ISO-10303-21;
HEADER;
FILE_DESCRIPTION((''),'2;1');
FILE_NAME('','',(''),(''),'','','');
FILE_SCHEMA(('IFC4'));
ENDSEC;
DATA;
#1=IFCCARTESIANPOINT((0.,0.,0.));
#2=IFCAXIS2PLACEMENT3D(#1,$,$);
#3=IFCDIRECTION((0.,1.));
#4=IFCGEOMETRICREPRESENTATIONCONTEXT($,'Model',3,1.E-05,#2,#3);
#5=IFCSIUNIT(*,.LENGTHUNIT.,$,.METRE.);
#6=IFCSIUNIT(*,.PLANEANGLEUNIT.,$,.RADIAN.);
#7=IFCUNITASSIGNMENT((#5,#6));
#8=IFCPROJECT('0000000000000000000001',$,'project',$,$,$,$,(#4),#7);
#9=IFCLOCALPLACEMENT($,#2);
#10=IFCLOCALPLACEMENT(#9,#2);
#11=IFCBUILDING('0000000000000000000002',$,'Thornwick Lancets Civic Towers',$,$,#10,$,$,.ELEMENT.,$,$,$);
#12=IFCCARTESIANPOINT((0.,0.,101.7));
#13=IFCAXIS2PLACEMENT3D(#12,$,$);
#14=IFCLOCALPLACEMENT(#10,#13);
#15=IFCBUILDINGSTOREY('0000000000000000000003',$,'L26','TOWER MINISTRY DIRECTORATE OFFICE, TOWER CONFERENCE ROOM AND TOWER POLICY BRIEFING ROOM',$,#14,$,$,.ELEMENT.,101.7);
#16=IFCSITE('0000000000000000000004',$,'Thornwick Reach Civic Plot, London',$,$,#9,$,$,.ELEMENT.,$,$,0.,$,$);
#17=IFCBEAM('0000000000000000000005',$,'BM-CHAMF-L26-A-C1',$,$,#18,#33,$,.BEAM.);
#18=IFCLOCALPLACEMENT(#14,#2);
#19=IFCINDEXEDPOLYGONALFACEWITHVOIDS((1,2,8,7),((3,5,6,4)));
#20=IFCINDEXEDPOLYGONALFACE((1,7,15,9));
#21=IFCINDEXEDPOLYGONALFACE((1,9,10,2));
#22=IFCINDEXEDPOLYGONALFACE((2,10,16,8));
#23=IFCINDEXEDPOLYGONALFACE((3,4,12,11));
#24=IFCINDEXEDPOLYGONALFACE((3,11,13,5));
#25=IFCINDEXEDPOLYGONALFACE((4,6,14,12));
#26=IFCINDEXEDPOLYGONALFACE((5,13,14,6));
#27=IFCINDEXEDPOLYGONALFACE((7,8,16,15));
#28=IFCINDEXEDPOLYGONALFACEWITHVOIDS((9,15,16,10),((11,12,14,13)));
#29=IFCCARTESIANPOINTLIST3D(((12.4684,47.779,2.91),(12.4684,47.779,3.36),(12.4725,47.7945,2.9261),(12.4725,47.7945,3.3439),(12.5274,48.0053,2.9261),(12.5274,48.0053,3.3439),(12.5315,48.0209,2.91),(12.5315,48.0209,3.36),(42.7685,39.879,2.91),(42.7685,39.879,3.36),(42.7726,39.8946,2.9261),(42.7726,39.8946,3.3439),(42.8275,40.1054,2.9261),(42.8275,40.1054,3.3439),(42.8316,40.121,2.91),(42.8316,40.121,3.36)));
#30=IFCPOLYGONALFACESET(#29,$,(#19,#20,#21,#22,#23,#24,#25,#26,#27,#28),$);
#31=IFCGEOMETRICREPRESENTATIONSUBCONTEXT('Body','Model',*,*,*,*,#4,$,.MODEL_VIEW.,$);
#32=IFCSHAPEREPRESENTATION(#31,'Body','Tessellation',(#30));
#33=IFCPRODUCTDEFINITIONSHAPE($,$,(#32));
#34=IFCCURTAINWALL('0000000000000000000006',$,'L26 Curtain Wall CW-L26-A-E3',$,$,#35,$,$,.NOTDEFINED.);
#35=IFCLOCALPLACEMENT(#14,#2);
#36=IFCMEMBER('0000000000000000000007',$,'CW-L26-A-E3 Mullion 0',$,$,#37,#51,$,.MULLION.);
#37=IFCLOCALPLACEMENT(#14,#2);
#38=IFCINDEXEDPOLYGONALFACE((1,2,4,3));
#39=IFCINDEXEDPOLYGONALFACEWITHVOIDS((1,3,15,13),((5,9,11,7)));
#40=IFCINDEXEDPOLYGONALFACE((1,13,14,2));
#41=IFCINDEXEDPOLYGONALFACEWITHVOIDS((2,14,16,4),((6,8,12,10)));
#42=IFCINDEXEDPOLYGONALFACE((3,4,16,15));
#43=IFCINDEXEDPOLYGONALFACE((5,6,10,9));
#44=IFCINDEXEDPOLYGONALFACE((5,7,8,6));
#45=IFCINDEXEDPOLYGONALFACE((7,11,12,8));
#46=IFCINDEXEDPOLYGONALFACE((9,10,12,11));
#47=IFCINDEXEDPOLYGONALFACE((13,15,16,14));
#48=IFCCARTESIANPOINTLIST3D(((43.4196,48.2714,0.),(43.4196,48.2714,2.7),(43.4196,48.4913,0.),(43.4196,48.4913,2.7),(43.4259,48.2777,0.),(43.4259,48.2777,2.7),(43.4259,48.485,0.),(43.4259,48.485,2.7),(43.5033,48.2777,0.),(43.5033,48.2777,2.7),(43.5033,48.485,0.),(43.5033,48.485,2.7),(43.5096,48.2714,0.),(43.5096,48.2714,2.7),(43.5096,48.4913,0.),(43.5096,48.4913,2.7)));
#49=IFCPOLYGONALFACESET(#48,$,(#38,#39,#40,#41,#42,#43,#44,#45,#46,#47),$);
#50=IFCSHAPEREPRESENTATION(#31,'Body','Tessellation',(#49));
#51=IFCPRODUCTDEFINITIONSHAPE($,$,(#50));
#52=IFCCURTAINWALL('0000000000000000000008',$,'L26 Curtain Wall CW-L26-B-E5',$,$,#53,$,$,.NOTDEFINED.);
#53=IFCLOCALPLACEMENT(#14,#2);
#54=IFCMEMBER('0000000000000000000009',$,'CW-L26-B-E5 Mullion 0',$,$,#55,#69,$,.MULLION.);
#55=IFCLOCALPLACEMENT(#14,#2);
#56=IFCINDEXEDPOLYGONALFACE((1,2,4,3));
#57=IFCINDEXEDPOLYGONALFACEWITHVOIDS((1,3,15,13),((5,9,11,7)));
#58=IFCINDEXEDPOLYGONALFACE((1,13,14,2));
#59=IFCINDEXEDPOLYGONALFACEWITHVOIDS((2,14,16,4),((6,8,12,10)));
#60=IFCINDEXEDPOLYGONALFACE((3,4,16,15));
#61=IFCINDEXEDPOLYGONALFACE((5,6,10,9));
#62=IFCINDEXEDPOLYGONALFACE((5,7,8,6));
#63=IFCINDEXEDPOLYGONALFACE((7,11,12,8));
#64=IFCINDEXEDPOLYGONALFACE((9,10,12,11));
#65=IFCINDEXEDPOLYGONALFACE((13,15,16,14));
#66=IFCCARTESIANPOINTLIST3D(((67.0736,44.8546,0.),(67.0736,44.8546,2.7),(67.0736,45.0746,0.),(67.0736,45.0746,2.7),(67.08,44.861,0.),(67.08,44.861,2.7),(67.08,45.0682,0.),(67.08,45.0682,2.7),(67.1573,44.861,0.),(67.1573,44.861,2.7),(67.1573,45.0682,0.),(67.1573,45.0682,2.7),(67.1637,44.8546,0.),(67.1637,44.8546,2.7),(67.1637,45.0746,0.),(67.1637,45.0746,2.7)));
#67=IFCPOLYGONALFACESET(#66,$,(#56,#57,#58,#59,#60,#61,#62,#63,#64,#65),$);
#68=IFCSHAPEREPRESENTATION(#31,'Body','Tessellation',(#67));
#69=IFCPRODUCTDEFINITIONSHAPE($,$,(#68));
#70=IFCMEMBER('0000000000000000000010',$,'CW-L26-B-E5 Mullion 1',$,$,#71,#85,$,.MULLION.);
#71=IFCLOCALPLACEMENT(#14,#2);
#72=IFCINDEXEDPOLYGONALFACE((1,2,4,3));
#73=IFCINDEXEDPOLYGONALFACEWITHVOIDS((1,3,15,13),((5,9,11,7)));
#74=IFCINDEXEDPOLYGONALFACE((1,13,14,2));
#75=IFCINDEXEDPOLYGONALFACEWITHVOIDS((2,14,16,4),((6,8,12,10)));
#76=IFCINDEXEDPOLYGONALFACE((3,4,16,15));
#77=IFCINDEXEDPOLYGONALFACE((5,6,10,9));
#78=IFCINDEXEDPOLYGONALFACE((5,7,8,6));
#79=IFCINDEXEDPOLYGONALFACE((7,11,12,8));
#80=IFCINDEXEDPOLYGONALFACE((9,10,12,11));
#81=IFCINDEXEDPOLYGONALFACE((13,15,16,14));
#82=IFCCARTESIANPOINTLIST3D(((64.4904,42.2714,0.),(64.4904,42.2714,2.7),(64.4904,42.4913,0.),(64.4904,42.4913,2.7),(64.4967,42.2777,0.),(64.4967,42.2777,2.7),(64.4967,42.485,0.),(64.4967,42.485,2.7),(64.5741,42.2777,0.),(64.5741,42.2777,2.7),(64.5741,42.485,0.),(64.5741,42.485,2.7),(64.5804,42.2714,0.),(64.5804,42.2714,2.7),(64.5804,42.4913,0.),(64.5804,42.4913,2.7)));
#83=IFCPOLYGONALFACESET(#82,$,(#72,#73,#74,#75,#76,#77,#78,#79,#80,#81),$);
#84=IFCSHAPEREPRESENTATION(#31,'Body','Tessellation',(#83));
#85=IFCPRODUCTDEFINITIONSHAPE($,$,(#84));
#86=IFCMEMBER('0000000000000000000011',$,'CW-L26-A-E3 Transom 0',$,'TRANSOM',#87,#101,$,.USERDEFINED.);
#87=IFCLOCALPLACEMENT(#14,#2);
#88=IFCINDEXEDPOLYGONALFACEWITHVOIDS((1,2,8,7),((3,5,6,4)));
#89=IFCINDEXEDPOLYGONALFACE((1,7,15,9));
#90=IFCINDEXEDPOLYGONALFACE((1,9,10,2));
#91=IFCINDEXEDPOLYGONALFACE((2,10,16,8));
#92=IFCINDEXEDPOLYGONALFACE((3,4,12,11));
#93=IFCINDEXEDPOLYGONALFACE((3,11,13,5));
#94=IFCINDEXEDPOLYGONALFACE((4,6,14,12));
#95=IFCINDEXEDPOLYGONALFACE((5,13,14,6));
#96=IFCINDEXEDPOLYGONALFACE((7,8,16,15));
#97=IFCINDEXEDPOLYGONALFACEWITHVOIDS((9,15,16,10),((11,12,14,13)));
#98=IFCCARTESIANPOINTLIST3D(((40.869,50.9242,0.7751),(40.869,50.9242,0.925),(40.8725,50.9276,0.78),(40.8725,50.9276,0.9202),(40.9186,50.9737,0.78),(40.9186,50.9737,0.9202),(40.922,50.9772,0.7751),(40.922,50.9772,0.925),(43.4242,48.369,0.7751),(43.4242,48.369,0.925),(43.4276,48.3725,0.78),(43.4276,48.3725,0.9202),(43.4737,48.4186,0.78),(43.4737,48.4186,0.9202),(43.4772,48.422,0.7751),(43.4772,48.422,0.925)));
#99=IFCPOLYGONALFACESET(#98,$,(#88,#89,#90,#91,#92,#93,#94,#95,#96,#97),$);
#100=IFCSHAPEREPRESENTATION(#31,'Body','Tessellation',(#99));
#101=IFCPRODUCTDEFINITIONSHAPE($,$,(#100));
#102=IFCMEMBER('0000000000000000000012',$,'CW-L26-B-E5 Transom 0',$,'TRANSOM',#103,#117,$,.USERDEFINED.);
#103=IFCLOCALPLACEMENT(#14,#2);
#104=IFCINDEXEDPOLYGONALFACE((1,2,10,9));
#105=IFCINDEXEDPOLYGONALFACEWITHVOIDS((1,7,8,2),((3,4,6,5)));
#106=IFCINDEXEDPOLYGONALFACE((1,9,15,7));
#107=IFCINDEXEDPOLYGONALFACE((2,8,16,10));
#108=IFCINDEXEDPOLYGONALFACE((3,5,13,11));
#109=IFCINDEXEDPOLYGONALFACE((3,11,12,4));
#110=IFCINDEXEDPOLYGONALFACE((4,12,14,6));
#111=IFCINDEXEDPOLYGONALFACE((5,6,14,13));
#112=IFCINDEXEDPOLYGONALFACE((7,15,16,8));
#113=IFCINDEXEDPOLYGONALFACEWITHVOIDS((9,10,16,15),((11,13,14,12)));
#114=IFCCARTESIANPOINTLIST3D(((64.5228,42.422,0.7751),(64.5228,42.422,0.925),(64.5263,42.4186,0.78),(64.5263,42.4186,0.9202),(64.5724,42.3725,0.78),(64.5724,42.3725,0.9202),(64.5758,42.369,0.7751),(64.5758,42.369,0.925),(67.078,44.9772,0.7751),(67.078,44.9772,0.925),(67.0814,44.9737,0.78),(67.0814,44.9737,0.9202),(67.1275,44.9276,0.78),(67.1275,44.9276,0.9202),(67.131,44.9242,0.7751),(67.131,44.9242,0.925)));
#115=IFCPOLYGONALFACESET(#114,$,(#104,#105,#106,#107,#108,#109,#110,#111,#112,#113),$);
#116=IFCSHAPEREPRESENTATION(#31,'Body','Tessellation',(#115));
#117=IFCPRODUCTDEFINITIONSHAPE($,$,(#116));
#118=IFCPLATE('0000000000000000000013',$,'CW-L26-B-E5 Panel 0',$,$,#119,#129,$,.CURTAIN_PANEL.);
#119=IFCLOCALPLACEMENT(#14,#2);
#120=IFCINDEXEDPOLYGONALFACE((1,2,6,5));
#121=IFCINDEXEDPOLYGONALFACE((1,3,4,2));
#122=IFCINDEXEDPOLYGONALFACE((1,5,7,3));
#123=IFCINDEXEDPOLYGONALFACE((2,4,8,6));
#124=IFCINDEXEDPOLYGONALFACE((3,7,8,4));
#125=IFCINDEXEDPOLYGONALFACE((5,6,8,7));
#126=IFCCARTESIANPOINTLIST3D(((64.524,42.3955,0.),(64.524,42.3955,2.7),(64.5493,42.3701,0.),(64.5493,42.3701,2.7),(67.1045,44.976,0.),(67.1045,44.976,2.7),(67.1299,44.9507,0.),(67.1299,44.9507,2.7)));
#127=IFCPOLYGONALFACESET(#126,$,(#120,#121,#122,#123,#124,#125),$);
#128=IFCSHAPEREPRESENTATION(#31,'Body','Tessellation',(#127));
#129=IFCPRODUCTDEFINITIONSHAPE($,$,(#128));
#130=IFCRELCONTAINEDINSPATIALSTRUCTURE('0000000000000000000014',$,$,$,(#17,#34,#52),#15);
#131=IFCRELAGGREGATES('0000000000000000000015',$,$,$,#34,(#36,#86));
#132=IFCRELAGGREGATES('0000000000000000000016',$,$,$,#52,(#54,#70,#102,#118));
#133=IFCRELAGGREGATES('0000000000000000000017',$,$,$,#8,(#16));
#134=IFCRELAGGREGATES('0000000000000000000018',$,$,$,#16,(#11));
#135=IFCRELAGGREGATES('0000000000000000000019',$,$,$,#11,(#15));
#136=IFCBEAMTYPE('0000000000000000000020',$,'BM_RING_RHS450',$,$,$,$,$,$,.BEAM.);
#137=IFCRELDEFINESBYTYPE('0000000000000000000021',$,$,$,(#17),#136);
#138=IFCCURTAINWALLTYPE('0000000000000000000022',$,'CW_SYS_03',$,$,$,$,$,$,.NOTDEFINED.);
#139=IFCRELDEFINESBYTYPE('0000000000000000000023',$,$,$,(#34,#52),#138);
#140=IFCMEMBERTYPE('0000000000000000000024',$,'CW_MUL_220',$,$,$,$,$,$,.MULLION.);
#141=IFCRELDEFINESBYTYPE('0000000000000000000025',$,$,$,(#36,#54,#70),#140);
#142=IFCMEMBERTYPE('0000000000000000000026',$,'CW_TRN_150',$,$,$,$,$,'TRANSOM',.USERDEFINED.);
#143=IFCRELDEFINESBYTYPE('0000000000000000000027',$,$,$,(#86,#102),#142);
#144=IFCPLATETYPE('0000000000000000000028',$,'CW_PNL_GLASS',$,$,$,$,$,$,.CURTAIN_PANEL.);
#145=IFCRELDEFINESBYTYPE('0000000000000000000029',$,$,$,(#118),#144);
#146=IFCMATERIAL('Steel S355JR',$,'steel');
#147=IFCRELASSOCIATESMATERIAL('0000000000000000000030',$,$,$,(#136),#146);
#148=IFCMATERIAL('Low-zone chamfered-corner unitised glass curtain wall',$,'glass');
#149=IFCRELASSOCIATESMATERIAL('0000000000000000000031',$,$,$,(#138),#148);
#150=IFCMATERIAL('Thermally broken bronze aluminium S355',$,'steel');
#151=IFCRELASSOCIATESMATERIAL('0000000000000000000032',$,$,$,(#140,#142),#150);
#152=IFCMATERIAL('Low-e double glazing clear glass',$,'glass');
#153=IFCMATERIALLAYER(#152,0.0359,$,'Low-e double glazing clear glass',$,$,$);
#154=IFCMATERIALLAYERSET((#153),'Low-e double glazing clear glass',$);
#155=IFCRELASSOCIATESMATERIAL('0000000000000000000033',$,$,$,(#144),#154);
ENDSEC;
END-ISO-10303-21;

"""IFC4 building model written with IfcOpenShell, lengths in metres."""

from ifc_helpers import new_model, si_unit, direction, frame, origin, origin_2d, place, context, subcontext, project, spatial, rectangle, hollow_rectangle, extrude, material, layer, layer_set, material_profile, profile_set, type_object, element, aggregate, save


model = new_model("IFC4")

# Units and contexts
model_context = context("Model", 3, precision=1e-05, world=origin(), true_north=direction((0.0, 1.0)))
body_context = subcontext(model_context, "Body", "Model", "MODEL_VIEW")
ifc_project = project(units=[si_unit("LENGTHUNIT", "METRE"), si_unit("PLANEANGLEUNIT", "RADIAN")], contexts=[model_context])

# Site, building, storey
site_placement = place(None, origin())
site = spatial("IfcSite", under=ifc_project, at=site_placement, Name="Thornwick Reach Civic Plot, London", CompositionType="ELEMENT", RefElevation=0.0)
building_placement = place(site_placement, origin())
building = spatial("IfcBuilding", under=site, at=building_placement, Name="Thornwick Lancets Civic Towers", CompositionType="ELEMENT")
storey_placement = place(building_placement, frame((0.0, 0.0, 101.7)))
storey = spatial("IfcBuildingStorey", under=building, at=storey_placement, Name="L26", Description="TOWER MINISTRY DIRECTORATE OFFICE, TOWER CONFERENCE ROOM AND TOWER POLICY BRIEFING ROOM", CompositionType="ELEMENT", Elevation=101.7)

# Beam
ifc_material_1 = material(Name="Steel S355JR", Category="steel")
ifc_material_profile_1 = material_profile(ifc_material_1, hollow_rectangle(XDim=0.25, YDim=0.45, WallThickness=0.0161, at=origin_2d()), Name="RHS 450x250x16")
ifc_profile_set_1 = profile_set([ifc_material_profile_1], Name="Steel S355JR")
beam_type_1 = type_object("IfcBeamType", Name="BM_RING_RHS450", PredefinedType="BEAM", material=ifc_profile_set_1)
beam_1_placement = place(storey_placement, frame((42.8, 40.0, 3.135), z_axis=(-0.967652, 0.252289, 0.0), x_axis=(-0.252289, -0.967652, 0.0)))
element("IfcBeam", 1, at=beam_1_placement, inside=storey, type_object=beam_type_1, Name="BM-CHAMF-L26-A-C1", PredefinedType="BEAM", context=body_context, shape_type="SweptSolid", body=[
    extrude(hollow_rectangle(XDim=0.25, YDim=0.45, WallThickness=0.0161, at=origin_2d()), origin(), (0.0, 0.0, 1.0), 31.313),
])

# Curtain wall, member
ifc_material_2 = material(Name="Low-zone chamfered-corner unitised glass curtain wall", Category="glass")
curtain_wall_type = type_object("IfcCurtainWallType", Name="CW_SYS_03", PredefinedType="NOTDEFINED", material=ifc_material_2)
curtain_wall_1_placement = place(storey_placement, origin())
curtain_wall_1 = element("IfcCurtainWall", 2, at=curtain_wall_1_placement, inside=storey, type_object=curtain_wall_type, Name="L26 Curtain Wall CW-L26-A-E3", PredefinedType="NOTDEFINED")
ifc_material_3 = material(Name="Thermally broken bronze aluminium S355", Category="steel")
ifc_material_profile_2 = material_profile(ifc_material_3, hollow_rectangle(XDim=0.0901, YDim=0.22, WallThickness=0.0063, at=origin_2d()), Name="RHS 220x90x6.3")
ifc_profile_set_2 = profile_set([ifc_material_profile_2], Name="Thermally broken bronze aluminium S355")
member_type_1 = type_object("IfcMemberType", Name="CW_MUL_220", PredefinedType="MULLION", material=ifc_profile_set_2)
member_1_placement = place(storey_placement, frame((43.4646, 48.3813, 0.0), z_axis=(0.0, 0.0, 1.0), x_axis=(1.0, 0.0, 0.0)))
member_1 = element("IfcMember", 3, at=member_1_placement, type_object=member_type_1, Name="CW-L26-A-E3 Mullion 0", PredefinedType="MULLION", context=body_context, shape_type="SweptSolid", body=[
    extrude(hollow_rectangle(XDim=0.0901, YDim=0.22, WallThickness=0.0063, at=origin_2d()), origin(), (0.0, 0.0, 1.0), 2.7),
])

# Curtain wall, members
curtain_wall_2_placement = place(storey_placement, origin())
curtain_wall_2 = element("IfcCurtainWall", 4, at=curtain_wall_2_placement, inside=storey, type_object=curtain_wall_type, Name="L26 Curtain Wall CW-L26-B-E5", PredefinedType="NOTDEFINED")
member_2_placement = place(storey_placement, frame((67.1187, 44.9646, 0.0), z_axis=(0.0, 0.0, 1.0), x_axis=(1.0, 0.0, 0.0)))
member_2 = element("IfcMember", 5, at=member_2_placement, type_object=member_type_1, Name="CW-L26-B-E5 Mullion 0", PredefinedType="MULLION", context=body_context, shape_type="SweptSolid", body=[
    extrude(hollow_rectangle(XDim=0.0901, YDim=0.22, WallThickness=0.0063, at=origin_2d()), origin(), (0.0, 0.0, 1.0), 2.7),
])
member_3_placement = place(storey_placement, frame((64.5354, 42.3813, 0.0), z_axis=(0.0, 0.0, 1.0), x_axis=(1.0, 0.0, 0.0)))
member_3 = element("IfcMember", 6, at=member_3_placement, type_object=member_type_1, Name="CW-L26-B-E5 Mullion 1", PredefinedType="MULLION", context=body_context, shape_type="SweptSolid", body=[
    extrude(hollow_rectangle(XDim=0.0901, YDim=0.22, WallThickness=0.0063, at=origin_2d()), origin(), (0.0, 0.0, 1.0), 2.7),
])

# Members
ifc_material_profile_3 = material_profile(ifc_material_3, hollow_rectangle(XDim=0.075, YDim=0.1499, WallThickness=0.0049, at=origin_2d()), Name="RHS 150x75x5")
ifc_profile_set_3 = profile_set([ifc_material_profile_3], Name="Thermally broken bronze aluminium S355")
member_type_2 = type_object("IfcMemberType", Name="CW_TRN_150", ElementType="TRANSOM", PredefinedType="USERDEFINED", material=ifc_profile_set_3)
member_4_placement = place(storey_placement, frame((43.4507, 48.3955, 0.8501), z_axis=(-0.707107, 0.707107, 0.0), x_axis=(-0.707107, -0.707107, 0.0)))
member_4 = element("IfcMember", 7, at=member_4_placement, type_object=member_type_2, Name="CW-L26-A-E3 Transom 0", ObjectType="TRANSOM", PredefinedType="USERDEFINED", context=body_context, shape_type="SweptSolid", body=[
    extrude(hollow_rectangle(XDim=0.075, YDim=0.1499, WallThickness=0.0049, at=origin_2d()), origin(), (0.0, 0.0, 1.0), 3.6135),
])
aggregate(curtain_wall_1, [member_1, member_4])
member_5_placement = place(storey_placement, frame((67.1045, 44.9507, 0.8501), z_axis=(-0.707107, -0.707107, 0.0), x_axis=(0.707107, -0.707107, 0.0)))
member_5 = element("IfcMember", 8, at=member_5_placement, type_object=member_type_2, Name="CW-L26-B-E5 Transom 0", ObjectType="TRANSOM", PredefinedType="USERDEFINED", context=body_context, shape_type="SweptSolid", body=[
    extrude(hollow_rectangle(XDim=0.075, YDim=0.1499, WallThickness=0.0049, at=origin_2d()), origin(), (0.0, 0.0, 1.0), 3.6135),
])

# Plate
ifc_material_4 = material(Name="Low-e double glazing clear glass", Category="glass")
ifc_layer_1 = layer(ifc_material_4, 0.0359, Name="Low-e double glazing clear glass")
ifc_layer_set_1 = layer_set([ifc_layer_1], Name="Low-e double glazing clear glass")
plate_type = type_object("IfcPlateType", Name="CW_PNL_GLASS", PredefinedType="CURTAIN_PANEL", material=ifc_layer_set_1)
plate_placement = place(storey_placement, frame((65.8269, 43.6731, 0.0), z_axis=(0.0, 0.0, 1.0), x_axis=(-0.707107, -0.707107, 0.0)))
plate = element("IfcPlate", 9, at=plate_placement, type_object=plate_type, Name="CW-L26-B-E5 Panel 0", PredefinedType="CURTAIN_PANEL", context=body_context, shape_type="SweptSolid", body=[
    extrude(rectangle(XDim=3.6494, YDim=0.0359, at=origin_2d()), origin(), (0.0, 0.0, 1.0), 2.7),
])
aggregate(curtain_wall_2, [member_2, member_3, member_5, plate])

save(model, "model.ifc")
